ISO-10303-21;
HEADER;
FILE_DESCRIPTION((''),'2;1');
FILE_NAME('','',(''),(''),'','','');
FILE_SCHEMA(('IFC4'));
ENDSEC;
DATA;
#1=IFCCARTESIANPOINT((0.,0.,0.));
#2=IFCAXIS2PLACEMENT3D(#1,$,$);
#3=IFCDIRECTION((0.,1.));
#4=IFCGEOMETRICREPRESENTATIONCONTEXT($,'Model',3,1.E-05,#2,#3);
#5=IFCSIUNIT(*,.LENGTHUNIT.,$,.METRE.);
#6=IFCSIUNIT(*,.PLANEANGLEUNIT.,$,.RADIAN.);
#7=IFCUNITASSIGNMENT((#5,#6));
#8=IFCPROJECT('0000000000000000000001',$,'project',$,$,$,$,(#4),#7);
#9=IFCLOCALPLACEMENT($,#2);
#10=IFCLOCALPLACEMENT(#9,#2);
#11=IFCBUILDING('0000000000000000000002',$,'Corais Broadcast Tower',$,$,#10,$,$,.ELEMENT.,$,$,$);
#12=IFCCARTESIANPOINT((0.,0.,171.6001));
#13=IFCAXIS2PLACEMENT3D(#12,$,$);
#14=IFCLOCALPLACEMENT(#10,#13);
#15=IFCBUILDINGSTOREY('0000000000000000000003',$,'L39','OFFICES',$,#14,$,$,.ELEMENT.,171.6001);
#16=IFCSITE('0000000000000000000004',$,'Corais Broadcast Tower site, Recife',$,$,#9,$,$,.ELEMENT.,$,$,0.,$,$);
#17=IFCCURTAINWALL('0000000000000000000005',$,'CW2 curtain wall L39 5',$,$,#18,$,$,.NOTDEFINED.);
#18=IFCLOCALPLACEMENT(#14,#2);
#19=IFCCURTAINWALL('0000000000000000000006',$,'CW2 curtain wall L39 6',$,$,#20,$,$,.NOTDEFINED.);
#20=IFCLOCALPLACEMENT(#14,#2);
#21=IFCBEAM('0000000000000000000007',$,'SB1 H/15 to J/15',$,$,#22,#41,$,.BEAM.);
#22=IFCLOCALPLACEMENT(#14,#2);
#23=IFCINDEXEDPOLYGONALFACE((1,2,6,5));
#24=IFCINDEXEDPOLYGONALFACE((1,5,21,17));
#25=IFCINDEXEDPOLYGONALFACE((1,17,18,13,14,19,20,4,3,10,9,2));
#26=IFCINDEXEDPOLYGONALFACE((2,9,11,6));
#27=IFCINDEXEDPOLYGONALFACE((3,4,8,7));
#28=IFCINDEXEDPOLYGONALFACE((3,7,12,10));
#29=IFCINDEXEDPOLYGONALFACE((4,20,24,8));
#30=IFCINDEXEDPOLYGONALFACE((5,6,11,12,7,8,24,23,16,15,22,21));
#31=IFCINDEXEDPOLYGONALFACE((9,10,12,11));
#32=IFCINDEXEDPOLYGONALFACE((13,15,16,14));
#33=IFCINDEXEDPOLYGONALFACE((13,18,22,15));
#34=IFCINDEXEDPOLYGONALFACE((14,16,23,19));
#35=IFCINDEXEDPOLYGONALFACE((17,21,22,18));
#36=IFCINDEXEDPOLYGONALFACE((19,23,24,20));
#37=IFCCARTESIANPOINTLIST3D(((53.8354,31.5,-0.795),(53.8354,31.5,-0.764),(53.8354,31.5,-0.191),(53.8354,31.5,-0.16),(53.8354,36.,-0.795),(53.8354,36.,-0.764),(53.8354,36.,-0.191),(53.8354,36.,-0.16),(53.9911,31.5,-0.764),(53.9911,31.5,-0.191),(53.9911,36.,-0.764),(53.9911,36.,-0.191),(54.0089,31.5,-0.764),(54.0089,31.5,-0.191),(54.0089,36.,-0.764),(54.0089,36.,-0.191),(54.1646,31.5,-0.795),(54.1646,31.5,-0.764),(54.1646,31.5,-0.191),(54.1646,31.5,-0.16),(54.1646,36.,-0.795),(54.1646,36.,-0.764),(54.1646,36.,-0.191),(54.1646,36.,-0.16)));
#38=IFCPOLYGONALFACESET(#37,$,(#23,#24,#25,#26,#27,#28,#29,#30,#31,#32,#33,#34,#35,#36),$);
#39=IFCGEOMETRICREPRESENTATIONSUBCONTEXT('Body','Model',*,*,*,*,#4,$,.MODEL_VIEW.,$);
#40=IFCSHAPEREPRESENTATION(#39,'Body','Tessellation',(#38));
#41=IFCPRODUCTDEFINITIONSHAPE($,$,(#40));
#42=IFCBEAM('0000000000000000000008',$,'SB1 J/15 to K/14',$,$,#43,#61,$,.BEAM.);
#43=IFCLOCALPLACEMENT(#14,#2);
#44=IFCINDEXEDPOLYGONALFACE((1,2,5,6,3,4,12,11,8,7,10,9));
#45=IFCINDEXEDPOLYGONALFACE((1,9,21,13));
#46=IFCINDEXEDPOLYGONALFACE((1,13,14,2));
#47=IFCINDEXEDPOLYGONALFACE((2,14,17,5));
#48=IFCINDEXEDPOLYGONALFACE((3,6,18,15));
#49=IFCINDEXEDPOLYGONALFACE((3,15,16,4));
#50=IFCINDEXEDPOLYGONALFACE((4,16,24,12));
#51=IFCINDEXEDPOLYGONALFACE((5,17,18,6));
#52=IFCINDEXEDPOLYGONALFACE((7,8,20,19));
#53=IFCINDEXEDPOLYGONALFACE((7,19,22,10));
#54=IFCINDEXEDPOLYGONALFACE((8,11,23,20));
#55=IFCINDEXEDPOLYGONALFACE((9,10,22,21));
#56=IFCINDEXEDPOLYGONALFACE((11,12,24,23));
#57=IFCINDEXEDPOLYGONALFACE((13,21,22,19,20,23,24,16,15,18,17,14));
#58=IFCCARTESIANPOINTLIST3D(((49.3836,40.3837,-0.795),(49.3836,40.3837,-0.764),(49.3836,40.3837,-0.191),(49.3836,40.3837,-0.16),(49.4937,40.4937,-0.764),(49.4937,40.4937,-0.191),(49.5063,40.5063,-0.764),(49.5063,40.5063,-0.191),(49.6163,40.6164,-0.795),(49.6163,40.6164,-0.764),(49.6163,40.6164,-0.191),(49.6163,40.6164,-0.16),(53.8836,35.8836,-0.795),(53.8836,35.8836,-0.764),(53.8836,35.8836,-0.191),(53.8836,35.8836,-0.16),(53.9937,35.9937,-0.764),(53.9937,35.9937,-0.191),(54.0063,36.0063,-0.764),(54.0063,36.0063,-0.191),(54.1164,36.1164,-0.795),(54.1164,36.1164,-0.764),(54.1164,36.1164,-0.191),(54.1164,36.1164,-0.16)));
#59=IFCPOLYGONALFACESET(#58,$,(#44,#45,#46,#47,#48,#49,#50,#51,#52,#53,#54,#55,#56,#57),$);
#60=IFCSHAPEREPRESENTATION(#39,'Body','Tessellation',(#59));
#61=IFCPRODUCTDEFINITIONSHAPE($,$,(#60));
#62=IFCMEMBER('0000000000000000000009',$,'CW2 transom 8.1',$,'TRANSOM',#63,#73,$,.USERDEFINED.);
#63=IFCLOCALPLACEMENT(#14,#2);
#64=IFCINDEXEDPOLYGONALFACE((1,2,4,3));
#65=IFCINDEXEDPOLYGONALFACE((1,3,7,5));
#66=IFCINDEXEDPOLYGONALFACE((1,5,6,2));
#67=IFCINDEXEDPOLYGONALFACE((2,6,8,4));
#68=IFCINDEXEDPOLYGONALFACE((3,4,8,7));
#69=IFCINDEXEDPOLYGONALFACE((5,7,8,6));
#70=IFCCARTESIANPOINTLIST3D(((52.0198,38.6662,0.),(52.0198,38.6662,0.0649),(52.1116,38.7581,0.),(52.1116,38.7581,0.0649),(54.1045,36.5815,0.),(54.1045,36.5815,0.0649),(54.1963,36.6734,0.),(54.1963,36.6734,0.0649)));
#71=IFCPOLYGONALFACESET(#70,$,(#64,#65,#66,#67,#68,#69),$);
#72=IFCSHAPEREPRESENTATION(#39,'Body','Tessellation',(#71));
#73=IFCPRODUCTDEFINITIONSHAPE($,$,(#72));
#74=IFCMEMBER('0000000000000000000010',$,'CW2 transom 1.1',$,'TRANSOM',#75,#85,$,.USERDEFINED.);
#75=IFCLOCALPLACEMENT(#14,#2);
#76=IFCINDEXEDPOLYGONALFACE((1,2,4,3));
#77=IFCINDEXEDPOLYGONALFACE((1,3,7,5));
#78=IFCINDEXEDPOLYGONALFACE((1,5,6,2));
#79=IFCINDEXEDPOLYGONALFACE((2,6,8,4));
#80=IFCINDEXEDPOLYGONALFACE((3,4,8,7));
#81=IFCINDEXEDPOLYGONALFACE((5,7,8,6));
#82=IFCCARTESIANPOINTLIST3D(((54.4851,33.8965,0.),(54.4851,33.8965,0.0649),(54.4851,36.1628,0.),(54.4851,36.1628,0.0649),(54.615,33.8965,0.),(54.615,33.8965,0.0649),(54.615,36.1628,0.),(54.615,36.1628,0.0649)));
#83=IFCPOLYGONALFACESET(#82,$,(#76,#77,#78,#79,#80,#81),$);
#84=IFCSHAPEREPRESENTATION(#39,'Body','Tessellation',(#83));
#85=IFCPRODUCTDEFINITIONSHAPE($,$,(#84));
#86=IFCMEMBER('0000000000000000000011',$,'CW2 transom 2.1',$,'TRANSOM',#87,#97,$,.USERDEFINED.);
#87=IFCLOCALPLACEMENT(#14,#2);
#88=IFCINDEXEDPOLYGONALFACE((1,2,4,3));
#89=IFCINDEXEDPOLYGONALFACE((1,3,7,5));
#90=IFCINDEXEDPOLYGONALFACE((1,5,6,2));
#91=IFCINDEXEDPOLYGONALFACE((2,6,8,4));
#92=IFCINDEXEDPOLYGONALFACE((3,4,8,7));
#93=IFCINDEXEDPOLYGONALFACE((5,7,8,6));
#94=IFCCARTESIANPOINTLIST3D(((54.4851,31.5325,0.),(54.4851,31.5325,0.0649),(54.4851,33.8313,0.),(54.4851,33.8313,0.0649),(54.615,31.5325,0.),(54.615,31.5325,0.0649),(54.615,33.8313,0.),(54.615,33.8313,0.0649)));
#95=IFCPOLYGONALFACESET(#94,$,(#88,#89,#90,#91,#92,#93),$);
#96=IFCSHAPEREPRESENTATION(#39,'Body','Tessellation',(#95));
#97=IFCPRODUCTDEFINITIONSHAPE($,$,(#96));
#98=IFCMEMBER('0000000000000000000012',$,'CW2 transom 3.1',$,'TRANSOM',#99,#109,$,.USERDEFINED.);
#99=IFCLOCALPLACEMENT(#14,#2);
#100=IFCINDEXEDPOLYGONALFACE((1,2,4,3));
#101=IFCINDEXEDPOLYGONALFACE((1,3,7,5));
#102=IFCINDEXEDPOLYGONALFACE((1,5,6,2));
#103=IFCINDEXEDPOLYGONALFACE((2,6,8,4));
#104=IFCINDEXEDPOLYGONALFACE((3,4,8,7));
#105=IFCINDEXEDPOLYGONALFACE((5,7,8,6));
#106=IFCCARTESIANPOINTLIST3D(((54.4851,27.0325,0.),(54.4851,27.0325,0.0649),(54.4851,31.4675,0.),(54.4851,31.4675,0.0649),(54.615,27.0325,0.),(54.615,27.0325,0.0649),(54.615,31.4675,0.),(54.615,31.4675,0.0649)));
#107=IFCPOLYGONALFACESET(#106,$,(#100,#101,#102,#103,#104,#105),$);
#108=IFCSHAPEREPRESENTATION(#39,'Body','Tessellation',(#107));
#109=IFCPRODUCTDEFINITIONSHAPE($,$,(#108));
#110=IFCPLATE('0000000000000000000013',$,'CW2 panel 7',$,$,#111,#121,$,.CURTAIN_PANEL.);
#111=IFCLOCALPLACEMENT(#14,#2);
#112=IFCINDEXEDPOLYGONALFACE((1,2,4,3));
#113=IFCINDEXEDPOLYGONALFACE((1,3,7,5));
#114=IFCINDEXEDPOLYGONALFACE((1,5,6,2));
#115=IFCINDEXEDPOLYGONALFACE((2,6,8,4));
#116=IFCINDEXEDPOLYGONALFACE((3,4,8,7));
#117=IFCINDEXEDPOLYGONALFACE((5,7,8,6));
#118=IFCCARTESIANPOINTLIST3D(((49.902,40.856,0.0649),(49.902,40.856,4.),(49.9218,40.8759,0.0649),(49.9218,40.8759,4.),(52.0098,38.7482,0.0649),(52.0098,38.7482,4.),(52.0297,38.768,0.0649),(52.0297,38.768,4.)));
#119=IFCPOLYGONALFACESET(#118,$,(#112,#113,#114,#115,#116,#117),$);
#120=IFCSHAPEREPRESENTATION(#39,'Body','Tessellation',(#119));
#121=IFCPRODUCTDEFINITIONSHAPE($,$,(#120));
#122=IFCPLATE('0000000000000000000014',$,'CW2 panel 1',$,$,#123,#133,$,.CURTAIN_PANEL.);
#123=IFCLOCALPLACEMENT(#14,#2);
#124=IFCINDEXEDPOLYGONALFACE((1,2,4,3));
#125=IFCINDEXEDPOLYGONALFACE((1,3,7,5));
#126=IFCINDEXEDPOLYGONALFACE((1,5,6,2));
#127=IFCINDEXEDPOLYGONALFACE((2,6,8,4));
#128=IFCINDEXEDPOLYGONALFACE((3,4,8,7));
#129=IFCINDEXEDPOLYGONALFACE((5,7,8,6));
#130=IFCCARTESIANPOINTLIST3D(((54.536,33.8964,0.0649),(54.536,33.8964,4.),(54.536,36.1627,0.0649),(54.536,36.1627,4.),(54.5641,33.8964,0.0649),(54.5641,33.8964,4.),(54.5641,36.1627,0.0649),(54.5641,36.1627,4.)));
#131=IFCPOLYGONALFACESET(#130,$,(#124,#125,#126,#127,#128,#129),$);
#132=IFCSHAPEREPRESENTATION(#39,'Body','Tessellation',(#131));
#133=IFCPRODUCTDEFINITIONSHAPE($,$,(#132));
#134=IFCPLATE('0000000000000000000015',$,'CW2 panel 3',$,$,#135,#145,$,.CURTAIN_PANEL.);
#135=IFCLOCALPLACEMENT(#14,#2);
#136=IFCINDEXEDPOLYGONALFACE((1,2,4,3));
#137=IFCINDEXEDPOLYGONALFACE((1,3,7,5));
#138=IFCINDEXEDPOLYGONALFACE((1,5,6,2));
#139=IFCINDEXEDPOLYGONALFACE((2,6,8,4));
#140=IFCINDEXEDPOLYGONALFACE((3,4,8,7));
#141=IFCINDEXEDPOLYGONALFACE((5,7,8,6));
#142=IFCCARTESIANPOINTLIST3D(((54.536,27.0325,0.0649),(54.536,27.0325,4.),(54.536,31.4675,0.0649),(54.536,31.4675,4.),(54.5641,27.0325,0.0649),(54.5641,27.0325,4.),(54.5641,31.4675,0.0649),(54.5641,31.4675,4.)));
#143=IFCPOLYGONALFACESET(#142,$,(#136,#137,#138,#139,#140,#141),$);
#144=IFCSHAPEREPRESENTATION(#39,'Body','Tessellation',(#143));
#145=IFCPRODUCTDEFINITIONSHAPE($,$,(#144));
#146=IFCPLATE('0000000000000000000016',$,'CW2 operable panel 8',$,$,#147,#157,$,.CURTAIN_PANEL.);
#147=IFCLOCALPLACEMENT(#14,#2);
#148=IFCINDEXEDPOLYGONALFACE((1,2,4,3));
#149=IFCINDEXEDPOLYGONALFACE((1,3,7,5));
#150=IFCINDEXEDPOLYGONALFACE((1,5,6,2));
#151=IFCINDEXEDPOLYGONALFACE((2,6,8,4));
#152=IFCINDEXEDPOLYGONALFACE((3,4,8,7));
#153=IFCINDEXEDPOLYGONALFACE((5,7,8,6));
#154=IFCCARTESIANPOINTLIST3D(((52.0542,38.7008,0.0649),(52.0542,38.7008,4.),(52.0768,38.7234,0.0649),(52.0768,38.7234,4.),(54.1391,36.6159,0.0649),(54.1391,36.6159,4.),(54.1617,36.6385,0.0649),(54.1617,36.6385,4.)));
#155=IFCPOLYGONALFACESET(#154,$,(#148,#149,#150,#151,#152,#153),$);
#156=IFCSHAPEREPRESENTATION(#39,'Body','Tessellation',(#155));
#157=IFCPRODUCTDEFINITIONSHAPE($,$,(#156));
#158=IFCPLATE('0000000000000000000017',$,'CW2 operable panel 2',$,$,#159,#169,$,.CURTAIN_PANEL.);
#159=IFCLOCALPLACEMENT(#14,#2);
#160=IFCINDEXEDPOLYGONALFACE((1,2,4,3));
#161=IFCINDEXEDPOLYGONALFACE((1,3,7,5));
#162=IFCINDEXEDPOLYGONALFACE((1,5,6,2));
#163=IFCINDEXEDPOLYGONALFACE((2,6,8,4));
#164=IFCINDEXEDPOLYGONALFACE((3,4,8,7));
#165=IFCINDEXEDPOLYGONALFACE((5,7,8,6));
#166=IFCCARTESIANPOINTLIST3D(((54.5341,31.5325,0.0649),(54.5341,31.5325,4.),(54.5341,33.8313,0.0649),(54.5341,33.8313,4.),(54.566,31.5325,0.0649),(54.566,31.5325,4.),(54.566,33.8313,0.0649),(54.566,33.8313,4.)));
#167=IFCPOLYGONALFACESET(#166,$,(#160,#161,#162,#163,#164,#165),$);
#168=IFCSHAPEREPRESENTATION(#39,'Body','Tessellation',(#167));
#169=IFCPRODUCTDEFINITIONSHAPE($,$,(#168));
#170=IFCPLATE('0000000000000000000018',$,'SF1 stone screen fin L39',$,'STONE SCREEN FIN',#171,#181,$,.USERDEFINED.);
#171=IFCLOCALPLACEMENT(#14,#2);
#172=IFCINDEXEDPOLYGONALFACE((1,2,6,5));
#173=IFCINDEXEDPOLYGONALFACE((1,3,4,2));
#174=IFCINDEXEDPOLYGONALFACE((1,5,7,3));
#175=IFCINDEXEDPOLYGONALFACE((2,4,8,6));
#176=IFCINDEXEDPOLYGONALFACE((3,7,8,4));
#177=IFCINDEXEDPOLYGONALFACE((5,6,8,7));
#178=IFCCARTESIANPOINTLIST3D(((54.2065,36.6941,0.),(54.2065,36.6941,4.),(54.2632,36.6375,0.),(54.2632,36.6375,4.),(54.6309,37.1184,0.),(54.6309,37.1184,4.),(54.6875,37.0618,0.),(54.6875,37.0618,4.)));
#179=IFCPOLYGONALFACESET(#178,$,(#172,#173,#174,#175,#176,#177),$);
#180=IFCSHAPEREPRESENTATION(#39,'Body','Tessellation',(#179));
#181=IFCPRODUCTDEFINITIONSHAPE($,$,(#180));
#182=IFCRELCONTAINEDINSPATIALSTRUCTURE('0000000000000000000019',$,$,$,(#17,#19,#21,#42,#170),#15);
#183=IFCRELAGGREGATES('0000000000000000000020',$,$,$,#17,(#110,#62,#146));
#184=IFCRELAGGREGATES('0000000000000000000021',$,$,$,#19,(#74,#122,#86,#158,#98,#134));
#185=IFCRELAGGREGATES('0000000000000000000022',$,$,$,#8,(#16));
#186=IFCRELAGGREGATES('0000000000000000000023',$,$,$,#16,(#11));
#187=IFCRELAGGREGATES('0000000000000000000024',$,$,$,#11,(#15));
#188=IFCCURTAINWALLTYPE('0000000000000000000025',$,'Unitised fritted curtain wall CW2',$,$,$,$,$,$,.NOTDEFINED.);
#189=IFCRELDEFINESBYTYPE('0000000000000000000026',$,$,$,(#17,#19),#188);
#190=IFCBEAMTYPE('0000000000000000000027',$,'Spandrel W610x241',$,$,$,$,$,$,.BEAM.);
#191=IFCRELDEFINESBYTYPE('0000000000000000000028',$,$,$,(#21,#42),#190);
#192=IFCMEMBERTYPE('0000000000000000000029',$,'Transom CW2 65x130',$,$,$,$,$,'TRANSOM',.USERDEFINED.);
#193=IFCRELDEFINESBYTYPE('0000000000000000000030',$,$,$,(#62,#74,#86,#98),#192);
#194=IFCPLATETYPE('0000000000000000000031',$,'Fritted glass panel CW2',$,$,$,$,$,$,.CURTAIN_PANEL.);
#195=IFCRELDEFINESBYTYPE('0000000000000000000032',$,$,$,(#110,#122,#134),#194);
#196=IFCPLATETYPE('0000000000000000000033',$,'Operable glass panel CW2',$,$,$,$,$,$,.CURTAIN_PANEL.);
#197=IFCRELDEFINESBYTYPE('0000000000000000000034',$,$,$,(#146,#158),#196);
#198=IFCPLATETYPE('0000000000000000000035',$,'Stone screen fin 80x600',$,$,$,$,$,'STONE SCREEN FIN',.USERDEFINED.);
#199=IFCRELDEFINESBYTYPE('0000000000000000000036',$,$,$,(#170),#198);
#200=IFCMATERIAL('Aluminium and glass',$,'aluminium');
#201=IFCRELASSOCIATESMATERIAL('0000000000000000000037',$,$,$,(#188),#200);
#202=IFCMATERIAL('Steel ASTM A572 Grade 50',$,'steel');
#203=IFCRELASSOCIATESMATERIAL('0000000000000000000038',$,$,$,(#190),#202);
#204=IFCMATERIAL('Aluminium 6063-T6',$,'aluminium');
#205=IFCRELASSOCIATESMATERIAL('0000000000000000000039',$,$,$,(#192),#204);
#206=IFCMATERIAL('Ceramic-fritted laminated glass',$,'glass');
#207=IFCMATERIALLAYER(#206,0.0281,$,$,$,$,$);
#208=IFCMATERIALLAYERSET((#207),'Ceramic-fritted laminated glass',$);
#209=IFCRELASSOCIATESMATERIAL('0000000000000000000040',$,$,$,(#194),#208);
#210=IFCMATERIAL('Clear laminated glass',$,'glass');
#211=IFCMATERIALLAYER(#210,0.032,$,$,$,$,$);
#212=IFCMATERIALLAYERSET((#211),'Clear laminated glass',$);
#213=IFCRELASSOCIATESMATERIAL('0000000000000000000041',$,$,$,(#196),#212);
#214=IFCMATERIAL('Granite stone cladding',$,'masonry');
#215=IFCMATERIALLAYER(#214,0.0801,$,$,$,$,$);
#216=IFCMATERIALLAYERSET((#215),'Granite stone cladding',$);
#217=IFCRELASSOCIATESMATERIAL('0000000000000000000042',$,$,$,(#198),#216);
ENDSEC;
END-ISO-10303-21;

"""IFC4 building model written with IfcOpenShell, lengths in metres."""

from ifc_helpers import new_model, si_unit, direction, frame, origin, origin_2d, place, context, subcontext, project, spatial, rectangle, i_section, extrude, material, layer, layer_set, material_profile, profile_set, type_object, element, aggregate, save


model = new_model("IFC4")

# Units and contexts
model_context = context("Model", 3, precision=1e-05, world=origin(), true_north=direction((0.0, 1.0)))
body_context = subcontext(model_context, "Body", "Model", "MODEL_VIEW")
ifc_project = project(units=[si_unit("LENGTHUNIT", "METRE"), si_unit("PLANEANGLEUNIT", "RADIAN")], contexts=[model_context])

# Site, building, storey
site_placement = place(None, origin())
site = spatial("IfcSite", under=ifc_project, at=site_placement, Name="Corais Broadcast Tower site, Recife", CompositionType="ELEMENT", RefElevation=0.0)
building_placement = place(site_placement, origin())
building = spatial("IfcBuilding", under=site, at=building_placement, Name="Corais Broadcast Tower", CompositionType="ELEMENT")
storey_placement = place(building_placement, frame((0.0, 0.0, 171.6001)))
storey = spatial("IfcBuildingStorey", under=building, at=storey_placement, Name="L39", Description="OFFICES", CompositionType="ELEMENT", Elevation=171.6001)

# Curtain walls
ifc_material_1 = material(Name="Aluminium and glass", Category="aluminium")
curtain_wall_type = type_object("IfcCurtainWallType", Name="Unitised fritted curtain wall CW2", PredefinedType="NOTDEFINED", material=ifc_material_1)
curtain_wall_1_placement = place(storey_placement, origin())
curtain_wall_1 = element("IfcCurtainWall", 1, at=curtain_wall_1_placement, inside=storey, type_object=curtain_wall_type, Name="CW2 curtain wall L39 5", PredefinedType="NOTDEFINED")
curtain_wall_2_placement = place(storey_placement, origin())
curtain_wall_2 = element("IfcCurtainWall", 2, at=curtain_wall_2_placement, inside=storey, type_object=curtain_wall_type, Name="CW2 curtain wall L39 6", PredefinedType="NOTDEFINED")

# Beams
ifc_material_2 = material(Name="Steel ASTM A572 Grade 50", Category="steel")
ifc_material_profile_1 = material_profile(ifc_material_2, i_section(OverallWidth=0.3291, OverallDepth=0.635, WebThickness=0.0178, FlangeThickness=0.031, at=origin_2d()), Name="W610x241")
ifc_profile_set_1 = profile_set([ifc_material_profile_1], Name="Steel ASTM A572 Grade 50")
beam_type_1 = type_object("IfcBeamType", Name="Spandrel W610x241", PredefinedType="BEAM", material=ifc_profile_set_1)
for number, where, z_axis, x_axis, name in (
    (3, (54.0, 31.5, -0.4775), (0.0, 1.0, 0.0), (-1.0, 0.0, 0.0), "SB1 H/15 to J/15"),
):
    element("IfcBeam", number, at=place(storey_placement, frame(where, z_axis=z_axis, x_axis=x_axis)), inside=storey, type_object=beam_type_1, Name=name, PredefinedType="BEAM", context=body_context, shape_type="SweptSolid", body=[
        extrude(i_section(OverallWidth=0.3291, OverallDepth=0.635, WebThickness=0.0178, FlangeThickness=0.031, at=origin_2d()), origin(), (0.0, 0.0, 1.0), 4.5),
    ])
beam_placement = place(storey_placement, frame((54.0, 36.0, -0.4775), z_axis=(-0.707107, 0.707107, 0.0), x_axis=(-0.707107, -0.707107, 0.0)))
element("IfcBeam", 4, at=beam_placement, inside=storey, type_object=beam_type_1, Name="SB1 J/15 to K/14", PredefinedType="BEAM", context=body_context, shape_type="SweptSolid", body=[
    extrude(i_section(OverallWidth=0.3291, OverallDepth=0.635, WebThickness=0.0178, FlangeThickness=0.031, at=origin_2d()), origin(), (0.0, 0.0, 1.0), 6.364),
])

# Members
ifc_material_3 = material(Name="Aluminium 6063-T6", Category="aluminium")
ifc_material_profile_2 = material_profile(ifc_material_3, rectangle(XDim=0.1299, YDim=0.0649, at=origin_2d()), Name="Transom CW2 65x130")
ifc_profile_set_2 = profile_set([ifc_material_profile_2], Name="Aluminium 6063-T6")
member_type_1 = type_object("IfcMemberType", Name="Transom CW2 65x130", ElementType="TRANSOM", PredefinedType="USERDEFINED", material=ifc_profile_set_2)
member_1_placement = place(storey_placement, frame((52.0657, 38.7122, 0.0325), z_axis=(0.707107, -0.707107, 0.0), x_axis=(0.707107, 0.707107, 0.0)))
member_1 = element("IfcMember", 5, at=member_1_placement, type_object=member_type_1, Name="CW2 transom 8.1", ObjectType="TRANSOM", PredefinedType="USERDEFINED", context=body_context, shape_type="SweptSolid", body=[
    extrude(rectangle(XDim=0.1299, YDim=0.0649, at=origin_2d()), origin(), (0.0, 0.0, 1.0), 2.9482),
])
member_2_placement = place(storey_placement, frame((54.55, 36.1628, 0.0325), z_axis=(0.0, -1.0, 0.0), x_axis=(1.0, 0.0, 0.0)))
member_2 = element("IfcMember", 6, at=member_2_placement, type_object=member_type_1, Name="CW2 transom 1.1", ObjectType="TRANSOM", PredefinedType="USERDEFINED", context=body_context, shape_type="SweptSolid", body=[
    extrude(rectangle(XDim=0.1299, YDim=0.0649, at=origin_2d()), origin(), (0.0, 0.0, 1.0), 2.2664),
])
member_3_placement = place(storey_placement, frame((54.55, 33.8313, 0.0325), z_axis=(0.0, -1.0, 0.0), x_axis=(1.0, 0.0, 0.0)))
member_3 = element("IfcMember", 7, at=member_3_placement, type_object=member_type_1, Name="CW2 transom 2.1", ObjectType="TRANSOM", PredefinedType="USERDEFINED", context=body_context, shape_type="SweptSolid", body=[
    extrude(rectangle(XDim=0.1299, YDim=0.0649, at=origin_2d()), origin(), (0.0, 0.0, 1.0), 2.2988),
])
member_4_placement = place(storey_placement, frame((54.55, 31.4675, 0.0325), z_axis=(0.0, -1.0, 0.0), x_axis=(1.0, 0.0, 0.0)))
member_4 = element("IfcMember", 8, at=member_4_placement, type_object=member_type_1, Name="CW2 transom 3.1", ObjectType="TRANSOM", PredefinedType="USERDEFINED", context=body_context, shape_type="SweptSolid", body=[
    extrude(rectangle(XDim=0.1299, YDim=0.0649, at=origin_2d()), origin(), (0.0, 0.0, 1.0), 4.4351),
])

# Plates
ifc_material_4 = material(Name="Ceramic-fritted laminated glass", Category="glass")
ifc_layer_1 = layer(ifc_material_4, 0.0281)
ifc_layer_set_1 = layer_set([ifc_layer_1], Name="Ceramic-fritted laminated glass")
plate_type_1 = type_object("IfcPlateType", Name="Fritted glass panel CW2", PredefinedType="CURTAIN_PANEL", material=ifc_layer_set_1)
plate_1_placement = place(storey_placement, frame((50.9658, 39.812, 0.0649), z_axis=(0.0, 0.0, 1.0), x_axis=(0.707107, -0.707107, 0.0)))
plate_1 = element("IfcPlate", 9, at=plate_1_placement, type_object=plate_type_1, Name="CW2 panel 7", PredefinedType="CURTAIN_PANEL", context=body_context, shape_type="SweptSolid", body=[
    extrude(rectangle(XDim=2.981, YDim=0.0281, at=origin_2d()), origin(), (0.0, 0.0, 1.0), 3.9351),
])
plate_2_placement = place(storey_placement, frame((54.55, 35.0295, 0.0649), z_axis=(0.0, 0.0, 1.0), x_axis=(0.0, -1.0, 0.0)))
plate_2 = element("IfcPlate", 10, at=plate_2_placement, type_object=plate_type_1, Name="CW2 panel 1", PredefinedType="CURTAIN_PANEL", context=body_context, shape_type="SweptSolid", body=[
    extrude(rectangle(XDim=2.2664, YDim=0.0281, at=origin_2d()), origin(), (0.0, 0.0, 1.0), 3.9351),
])
plate_3_placement = place(storey_placement, frame((54.55, 29.25, 0.0649), z_axis=(0.0, 0.0, 1.0), x_axis=(0.0, -1.0, 0.0)))
plate_3 = element("IfcPlate", 11, at=plate_3_placement, type_object=plate_type_1, Name="CW2 panel 3", PredefinedType="CURTAIN_PANEL", context=body_context, shape_type="SweptSolid", body=[
    extrude(rectangle(XDim=4.4351, YDim=0.0281, at=origin_2d()), origin(), (0.0, 0.0, 1.0), 3.9351),
])
ifc_material_5 = material(Name="Clear laminated glass", Category="glass")
ifc_layer_2 = layer(ifc_material_5, 0.032)
ifc_layer_set_2 = layer_set([ifc_layer_2], Name="Clear laminated glass")
plate_type_2 = type_object("IfcPlateType", Name="Operable glass panel CW2", PredefinedType="CURTAIN_PANEL", material=ifc_layer_set_2)
plate_4_placement = place(storey_placement, frame((53.1079, 37.6697, 0.0649), z_axis=(0.0, 0.0, 1.0), x_axis=(0.707107, -0.707107, 0.0)))
plate_4 = element("IfcPlate", 12, at=plate_4_placement, type_object=plate_type_2, Name="CW2 operable panel 8", PredefinedType="CURTAIN_PANEL", context=body_context, shape_type="SweptSolid", body=[
    extrude(rectangle(XDim=2.9485, YDim=0.032, at=origin_2d()), origin(), (0.0, 0.0, 1.0), 3.9351),
])
aggregate(curtain_wall_1, [plate_1, member_1, plate_4])
plate_5_placement = place(storey_placement, frame((54.55, 32.6819, 0.0649), z_axis=(0.0, 0.0, 1.0), x_axis=(0.0, -1.0, 0.0)))
plate_5 = element("IfcPlate", 13, at=plate_5_placement, type_object=plate_type_2, Name="CW2 operable panel 2", PredefinedType="CURTAIN_PANEL", context=body_context, shape_type="SweptSolid", body=[
    extrude(rectangle(XDim=2.2988, YDim=0.032, at=origin_2d()), origin(), (0.0, 0.0, 1.0), 3.9351),
])
aggregate(curtain_wall_2, [member_2, plate_2, member_3, plate_5, member_4, plate_3])
ifc_material_6 = material(Name="Granite stone cladding", Category="masonry")
ifc_layer_3 = layer(ifc_material_6, 0.0801)
ifc_layer_set_3 = layer_set([ifc_layer_3], Name="Granite stone cladding")
plate_type_3 = type_object("IfcPlateType", Name="Stone screen fin 80x600", ElementType="STONE SCREEN FIN", PredefinedType="USERDEFINED", material=ifc_layer_set_3)
plate_6_placement = place(storey_placement, frame((54.447, 36.8779, 0.0), z_axis=(0.0, 0.0, 1.0), x_axis=(0.707107, -0.707107, 0.0)))
element("IfcPlate", 14, at=plate_6_placement, inside=storey, type_object=plate_type_3, Name="SF1 stone screen fin L39", ObjectType="STONE SCREEN FIN", PredefinedType="USERDEFINED", context=body_context, shape_type="SweptSolid", body=[
    extrude(rectangle(XDim=0.0801, YDim=0.6001, at=origin_2d()), origin(), (0.0, 0.0, 1.0), 4.0),
])

save(model, "model.ifc")
